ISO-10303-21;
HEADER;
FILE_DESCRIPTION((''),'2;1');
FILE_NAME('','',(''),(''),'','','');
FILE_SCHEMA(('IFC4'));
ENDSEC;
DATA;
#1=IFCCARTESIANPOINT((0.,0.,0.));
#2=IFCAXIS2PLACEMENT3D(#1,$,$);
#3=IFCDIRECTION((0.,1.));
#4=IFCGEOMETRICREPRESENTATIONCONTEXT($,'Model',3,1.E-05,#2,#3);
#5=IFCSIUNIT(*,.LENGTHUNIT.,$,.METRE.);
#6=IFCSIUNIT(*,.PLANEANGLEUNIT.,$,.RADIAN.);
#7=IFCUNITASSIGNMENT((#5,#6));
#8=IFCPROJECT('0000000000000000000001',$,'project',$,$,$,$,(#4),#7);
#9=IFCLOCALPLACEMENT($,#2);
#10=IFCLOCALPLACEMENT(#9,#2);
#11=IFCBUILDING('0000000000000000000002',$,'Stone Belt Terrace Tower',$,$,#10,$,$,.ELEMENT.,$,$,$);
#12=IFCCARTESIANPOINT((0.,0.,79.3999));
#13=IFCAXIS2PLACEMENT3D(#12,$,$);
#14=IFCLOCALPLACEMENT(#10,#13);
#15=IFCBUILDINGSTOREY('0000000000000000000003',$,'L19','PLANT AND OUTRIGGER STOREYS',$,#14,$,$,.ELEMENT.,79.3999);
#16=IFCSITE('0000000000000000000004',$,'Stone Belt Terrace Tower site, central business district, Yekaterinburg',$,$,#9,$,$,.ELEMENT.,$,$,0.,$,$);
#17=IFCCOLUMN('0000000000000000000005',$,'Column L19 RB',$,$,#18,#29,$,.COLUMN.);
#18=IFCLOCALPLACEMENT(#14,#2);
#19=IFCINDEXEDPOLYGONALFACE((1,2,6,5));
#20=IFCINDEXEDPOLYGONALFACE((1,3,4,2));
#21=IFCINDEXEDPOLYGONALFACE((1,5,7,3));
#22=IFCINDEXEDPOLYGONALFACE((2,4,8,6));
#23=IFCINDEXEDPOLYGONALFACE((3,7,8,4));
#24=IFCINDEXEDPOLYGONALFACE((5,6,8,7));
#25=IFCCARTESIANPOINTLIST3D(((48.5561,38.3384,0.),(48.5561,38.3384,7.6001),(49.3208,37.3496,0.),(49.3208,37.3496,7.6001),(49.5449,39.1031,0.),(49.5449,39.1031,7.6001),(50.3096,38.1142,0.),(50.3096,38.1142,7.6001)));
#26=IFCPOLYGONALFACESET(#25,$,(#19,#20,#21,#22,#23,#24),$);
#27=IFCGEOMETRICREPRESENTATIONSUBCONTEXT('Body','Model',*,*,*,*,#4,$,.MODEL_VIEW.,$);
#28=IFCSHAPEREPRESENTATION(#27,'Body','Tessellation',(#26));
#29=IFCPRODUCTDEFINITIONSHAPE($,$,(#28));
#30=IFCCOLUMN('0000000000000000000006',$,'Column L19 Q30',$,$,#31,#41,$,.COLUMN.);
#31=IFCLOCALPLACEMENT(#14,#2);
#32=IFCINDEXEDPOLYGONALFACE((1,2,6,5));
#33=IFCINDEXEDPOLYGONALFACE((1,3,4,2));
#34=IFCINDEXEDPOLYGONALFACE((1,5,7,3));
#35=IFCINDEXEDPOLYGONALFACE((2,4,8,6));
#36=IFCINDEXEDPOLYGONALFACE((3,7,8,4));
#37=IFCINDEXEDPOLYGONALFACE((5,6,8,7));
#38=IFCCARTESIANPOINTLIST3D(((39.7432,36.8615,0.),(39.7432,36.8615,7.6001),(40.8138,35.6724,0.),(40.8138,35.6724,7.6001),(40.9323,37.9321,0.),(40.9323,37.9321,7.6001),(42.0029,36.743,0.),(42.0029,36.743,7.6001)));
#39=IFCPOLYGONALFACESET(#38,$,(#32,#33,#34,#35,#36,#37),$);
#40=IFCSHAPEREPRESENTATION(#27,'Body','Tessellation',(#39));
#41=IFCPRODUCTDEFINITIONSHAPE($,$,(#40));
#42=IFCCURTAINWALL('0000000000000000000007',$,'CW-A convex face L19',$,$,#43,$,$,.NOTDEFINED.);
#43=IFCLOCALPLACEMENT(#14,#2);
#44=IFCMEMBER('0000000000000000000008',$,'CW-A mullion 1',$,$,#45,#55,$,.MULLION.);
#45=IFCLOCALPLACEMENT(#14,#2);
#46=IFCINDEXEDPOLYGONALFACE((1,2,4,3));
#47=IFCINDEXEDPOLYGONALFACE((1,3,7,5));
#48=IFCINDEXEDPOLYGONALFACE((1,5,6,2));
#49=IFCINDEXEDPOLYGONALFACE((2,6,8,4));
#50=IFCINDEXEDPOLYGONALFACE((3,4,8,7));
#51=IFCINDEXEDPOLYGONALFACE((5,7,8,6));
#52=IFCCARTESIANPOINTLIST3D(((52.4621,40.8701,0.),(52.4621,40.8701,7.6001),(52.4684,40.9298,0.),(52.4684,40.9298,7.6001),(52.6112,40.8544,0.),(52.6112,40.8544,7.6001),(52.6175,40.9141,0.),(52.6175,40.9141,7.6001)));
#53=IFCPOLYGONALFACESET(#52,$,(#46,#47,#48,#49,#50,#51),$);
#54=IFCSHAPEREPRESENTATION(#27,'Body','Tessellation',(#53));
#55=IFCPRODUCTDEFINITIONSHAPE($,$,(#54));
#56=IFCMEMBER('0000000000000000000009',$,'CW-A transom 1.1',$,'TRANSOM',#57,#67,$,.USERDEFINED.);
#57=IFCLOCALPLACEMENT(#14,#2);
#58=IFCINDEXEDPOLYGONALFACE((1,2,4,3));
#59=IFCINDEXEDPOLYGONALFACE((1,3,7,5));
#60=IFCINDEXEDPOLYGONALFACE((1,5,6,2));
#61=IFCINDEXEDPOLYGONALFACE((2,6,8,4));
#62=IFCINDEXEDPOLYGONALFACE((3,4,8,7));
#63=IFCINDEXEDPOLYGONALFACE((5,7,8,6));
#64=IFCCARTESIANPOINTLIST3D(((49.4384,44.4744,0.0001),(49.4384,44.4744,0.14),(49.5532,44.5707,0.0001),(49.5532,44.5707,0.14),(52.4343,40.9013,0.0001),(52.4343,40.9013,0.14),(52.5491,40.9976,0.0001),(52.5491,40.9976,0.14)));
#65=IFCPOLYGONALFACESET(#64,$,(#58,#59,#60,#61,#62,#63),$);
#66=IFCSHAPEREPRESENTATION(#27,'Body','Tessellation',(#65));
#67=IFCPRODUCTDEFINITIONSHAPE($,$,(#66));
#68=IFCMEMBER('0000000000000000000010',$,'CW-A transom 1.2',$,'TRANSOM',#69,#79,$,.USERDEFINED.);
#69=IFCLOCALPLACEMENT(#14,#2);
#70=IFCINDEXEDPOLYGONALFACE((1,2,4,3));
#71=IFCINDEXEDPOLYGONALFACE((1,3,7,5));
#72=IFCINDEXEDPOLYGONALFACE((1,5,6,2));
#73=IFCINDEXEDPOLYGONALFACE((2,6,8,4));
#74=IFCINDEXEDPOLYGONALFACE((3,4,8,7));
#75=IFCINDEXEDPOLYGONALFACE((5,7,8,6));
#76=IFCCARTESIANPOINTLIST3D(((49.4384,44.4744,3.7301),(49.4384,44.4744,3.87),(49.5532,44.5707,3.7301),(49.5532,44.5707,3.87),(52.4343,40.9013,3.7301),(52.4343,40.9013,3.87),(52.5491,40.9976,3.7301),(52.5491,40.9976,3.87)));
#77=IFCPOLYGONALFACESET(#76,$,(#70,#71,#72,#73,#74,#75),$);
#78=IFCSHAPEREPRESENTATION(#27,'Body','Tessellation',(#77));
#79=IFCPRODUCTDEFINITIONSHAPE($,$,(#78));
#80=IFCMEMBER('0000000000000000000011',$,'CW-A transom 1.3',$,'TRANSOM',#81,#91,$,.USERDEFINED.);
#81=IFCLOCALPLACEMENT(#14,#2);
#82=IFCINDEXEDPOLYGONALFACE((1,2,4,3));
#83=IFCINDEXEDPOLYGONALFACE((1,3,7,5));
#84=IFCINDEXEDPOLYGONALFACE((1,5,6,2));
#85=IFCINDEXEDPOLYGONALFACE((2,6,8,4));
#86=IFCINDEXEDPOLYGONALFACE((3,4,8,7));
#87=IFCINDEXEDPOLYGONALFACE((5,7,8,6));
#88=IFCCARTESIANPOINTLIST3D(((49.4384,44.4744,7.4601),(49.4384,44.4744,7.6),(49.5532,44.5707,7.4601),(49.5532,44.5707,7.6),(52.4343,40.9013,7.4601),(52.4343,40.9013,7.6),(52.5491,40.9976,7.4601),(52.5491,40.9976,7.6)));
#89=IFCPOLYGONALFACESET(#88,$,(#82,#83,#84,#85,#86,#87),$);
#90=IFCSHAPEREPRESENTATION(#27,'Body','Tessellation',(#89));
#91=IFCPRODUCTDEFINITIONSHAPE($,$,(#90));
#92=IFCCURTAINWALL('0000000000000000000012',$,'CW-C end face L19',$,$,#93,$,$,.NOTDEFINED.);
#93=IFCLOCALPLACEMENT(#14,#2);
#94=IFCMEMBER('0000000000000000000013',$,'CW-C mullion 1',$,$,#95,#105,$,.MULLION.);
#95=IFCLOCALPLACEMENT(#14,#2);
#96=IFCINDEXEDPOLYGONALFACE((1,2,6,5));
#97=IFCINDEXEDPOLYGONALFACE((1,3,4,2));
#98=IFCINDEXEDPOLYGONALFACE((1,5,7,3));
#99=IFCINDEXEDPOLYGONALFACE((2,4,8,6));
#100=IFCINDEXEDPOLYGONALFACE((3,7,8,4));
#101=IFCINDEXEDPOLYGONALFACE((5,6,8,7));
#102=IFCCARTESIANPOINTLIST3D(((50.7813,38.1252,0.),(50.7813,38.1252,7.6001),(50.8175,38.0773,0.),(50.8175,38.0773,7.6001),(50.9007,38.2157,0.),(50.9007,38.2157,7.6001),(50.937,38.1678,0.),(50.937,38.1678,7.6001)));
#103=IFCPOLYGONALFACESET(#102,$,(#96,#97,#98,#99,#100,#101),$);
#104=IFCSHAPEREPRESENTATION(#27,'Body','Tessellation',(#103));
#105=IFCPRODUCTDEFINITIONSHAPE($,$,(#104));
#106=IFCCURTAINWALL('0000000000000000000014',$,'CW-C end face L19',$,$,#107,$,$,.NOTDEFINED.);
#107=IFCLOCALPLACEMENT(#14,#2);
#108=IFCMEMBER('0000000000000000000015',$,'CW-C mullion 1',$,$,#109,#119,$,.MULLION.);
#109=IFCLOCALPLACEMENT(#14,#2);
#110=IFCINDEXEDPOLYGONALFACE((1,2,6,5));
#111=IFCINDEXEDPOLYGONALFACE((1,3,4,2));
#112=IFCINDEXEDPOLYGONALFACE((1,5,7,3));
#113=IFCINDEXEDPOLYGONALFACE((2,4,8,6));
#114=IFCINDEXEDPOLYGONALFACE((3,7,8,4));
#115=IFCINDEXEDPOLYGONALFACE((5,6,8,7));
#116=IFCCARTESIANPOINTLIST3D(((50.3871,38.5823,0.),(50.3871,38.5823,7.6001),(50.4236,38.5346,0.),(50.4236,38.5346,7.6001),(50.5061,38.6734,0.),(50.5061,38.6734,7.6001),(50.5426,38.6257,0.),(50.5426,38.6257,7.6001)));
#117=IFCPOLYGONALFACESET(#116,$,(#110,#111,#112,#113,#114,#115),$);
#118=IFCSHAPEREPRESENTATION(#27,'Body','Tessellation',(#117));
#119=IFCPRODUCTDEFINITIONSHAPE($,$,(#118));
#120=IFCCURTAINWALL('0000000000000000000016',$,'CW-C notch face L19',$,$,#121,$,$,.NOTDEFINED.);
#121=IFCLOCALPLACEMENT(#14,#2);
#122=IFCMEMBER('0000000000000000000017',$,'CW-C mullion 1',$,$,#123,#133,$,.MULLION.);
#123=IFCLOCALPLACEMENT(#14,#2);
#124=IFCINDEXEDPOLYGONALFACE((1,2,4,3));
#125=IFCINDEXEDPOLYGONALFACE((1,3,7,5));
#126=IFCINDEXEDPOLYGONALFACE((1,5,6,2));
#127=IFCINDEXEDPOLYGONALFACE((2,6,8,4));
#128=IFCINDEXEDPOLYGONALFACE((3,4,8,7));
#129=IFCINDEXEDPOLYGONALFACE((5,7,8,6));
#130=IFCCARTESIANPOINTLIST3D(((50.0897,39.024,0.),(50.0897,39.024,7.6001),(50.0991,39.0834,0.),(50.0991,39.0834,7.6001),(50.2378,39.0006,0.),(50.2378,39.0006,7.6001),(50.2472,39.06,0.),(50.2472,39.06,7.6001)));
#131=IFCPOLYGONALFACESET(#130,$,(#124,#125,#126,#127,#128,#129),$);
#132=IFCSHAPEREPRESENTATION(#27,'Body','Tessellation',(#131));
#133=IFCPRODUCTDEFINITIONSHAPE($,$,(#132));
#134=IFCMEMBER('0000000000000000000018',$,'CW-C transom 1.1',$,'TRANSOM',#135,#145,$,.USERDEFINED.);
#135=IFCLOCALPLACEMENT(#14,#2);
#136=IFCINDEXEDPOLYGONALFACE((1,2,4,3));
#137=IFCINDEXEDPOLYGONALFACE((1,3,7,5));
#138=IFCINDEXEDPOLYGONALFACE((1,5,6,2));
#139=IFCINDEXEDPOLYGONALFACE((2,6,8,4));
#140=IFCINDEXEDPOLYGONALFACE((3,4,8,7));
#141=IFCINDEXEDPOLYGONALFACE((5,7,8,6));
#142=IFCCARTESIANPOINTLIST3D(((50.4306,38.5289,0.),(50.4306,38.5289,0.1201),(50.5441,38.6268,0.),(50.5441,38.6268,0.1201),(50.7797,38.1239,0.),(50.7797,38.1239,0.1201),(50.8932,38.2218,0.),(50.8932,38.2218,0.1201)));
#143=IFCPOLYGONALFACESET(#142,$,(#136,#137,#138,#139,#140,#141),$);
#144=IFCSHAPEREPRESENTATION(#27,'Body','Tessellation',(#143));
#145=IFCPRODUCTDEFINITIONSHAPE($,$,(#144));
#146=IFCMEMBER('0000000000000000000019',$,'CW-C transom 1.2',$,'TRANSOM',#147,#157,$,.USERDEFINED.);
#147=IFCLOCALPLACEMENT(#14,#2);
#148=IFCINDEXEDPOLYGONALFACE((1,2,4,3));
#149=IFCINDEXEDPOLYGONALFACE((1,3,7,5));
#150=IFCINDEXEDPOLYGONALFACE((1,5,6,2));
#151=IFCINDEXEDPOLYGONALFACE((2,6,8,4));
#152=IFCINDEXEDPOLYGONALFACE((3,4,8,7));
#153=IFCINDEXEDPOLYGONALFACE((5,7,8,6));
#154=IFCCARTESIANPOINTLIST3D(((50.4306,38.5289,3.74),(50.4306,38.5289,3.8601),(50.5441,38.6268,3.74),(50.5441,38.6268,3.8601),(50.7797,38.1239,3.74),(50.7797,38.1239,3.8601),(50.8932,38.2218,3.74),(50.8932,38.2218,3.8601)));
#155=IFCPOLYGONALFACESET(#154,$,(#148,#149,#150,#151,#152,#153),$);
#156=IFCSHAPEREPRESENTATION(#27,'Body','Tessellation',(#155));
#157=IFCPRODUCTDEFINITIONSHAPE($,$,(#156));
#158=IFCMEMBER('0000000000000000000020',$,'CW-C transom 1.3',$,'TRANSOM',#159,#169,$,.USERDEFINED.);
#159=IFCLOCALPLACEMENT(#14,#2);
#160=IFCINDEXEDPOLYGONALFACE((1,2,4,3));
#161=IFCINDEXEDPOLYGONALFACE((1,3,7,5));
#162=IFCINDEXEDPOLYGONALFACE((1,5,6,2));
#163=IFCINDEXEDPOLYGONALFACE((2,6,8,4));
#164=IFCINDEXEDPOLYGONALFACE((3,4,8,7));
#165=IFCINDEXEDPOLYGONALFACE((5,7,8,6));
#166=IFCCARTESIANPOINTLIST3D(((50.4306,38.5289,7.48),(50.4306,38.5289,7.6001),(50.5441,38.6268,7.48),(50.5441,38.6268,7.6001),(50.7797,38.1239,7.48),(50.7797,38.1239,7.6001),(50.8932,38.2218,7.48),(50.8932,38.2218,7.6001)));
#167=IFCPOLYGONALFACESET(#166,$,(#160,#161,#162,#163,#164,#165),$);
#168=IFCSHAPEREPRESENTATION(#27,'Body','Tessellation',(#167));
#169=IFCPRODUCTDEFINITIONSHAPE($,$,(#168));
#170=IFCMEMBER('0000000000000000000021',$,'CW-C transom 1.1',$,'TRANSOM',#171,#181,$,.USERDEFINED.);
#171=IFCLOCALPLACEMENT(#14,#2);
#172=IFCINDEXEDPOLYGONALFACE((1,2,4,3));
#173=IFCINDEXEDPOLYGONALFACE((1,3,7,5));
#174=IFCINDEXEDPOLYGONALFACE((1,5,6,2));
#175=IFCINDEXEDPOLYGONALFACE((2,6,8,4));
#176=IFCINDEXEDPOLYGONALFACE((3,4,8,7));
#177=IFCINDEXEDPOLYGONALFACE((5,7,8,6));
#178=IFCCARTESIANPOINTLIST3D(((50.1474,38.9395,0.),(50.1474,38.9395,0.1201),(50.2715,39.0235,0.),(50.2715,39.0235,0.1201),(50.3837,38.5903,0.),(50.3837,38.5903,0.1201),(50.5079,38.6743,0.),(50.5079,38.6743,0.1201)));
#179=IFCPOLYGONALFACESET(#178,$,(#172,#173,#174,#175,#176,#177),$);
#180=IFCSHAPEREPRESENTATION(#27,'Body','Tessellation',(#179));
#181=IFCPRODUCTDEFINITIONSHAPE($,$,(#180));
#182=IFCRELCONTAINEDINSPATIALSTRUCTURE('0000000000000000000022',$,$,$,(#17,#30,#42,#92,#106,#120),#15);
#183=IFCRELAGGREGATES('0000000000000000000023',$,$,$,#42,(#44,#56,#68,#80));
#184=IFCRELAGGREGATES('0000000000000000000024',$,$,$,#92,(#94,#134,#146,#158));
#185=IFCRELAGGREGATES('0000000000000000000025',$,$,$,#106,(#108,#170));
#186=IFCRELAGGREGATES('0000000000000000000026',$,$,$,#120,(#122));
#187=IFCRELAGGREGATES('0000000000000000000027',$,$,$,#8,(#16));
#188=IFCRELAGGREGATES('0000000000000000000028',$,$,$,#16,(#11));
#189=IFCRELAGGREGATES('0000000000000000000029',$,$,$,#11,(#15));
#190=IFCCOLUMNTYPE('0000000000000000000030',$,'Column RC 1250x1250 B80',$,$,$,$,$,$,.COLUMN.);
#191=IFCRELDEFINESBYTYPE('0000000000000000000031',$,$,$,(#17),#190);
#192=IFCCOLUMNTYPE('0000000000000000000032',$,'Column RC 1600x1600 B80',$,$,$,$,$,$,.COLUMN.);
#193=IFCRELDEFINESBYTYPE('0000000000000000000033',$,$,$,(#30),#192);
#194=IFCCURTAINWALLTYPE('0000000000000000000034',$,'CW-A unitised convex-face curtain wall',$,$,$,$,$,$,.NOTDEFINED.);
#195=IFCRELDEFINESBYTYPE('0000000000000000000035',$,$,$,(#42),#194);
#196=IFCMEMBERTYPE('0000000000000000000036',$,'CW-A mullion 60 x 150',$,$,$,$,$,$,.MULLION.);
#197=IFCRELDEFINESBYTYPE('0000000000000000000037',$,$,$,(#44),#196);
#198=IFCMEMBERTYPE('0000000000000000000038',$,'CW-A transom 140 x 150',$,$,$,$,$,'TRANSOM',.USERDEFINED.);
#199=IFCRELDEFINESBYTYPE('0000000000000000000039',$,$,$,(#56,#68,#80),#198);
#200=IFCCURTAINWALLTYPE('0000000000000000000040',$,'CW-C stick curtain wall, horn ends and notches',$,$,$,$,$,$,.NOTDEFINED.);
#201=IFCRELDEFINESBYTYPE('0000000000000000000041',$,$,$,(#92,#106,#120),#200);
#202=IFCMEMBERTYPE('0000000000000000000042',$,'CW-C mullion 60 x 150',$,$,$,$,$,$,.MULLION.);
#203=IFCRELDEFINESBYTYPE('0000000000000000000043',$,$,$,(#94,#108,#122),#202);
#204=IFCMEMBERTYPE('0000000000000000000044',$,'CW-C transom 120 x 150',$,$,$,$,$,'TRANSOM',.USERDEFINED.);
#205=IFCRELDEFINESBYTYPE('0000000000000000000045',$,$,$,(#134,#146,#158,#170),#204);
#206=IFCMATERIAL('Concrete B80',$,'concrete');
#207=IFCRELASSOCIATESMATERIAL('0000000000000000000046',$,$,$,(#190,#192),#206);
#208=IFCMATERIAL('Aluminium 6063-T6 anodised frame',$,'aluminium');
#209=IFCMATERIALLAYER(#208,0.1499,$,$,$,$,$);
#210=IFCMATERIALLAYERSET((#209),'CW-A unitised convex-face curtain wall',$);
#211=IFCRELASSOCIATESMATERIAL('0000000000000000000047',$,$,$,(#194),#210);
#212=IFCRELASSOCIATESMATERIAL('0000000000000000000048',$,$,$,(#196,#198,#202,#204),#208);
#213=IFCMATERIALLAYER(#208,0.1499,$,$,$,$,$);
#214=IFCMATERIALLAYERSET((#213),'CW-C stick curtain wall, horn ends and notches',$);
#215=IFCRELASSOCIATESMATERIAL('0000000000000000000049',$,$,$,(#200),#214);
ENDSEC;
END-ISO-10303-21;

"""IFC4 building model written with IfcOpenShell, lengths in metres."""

from ifc_helpers import new_model, si_unit, direction, frame, origin, origin_2d, place, context, subcontext, project, spatial, rectangle, extrude, material, layer, layer_set, material_profile, profile_set, type_object, element, aggregate, save


model = new_model("IFC4")

# Units and contexts
model_context = context("Model", 3, precision=1e-05, world=origin(), true_north=direction((0.0, 1.0)))
body_context = subcontext(model_context, "Body", "Model", "MODEL_VIEW")
ifc_project = project(units=[si_unit("LENGTHUNIT", "METRE"), si_unit("PLANEANGLEUNIT", "RADIAN")], contexts=[model_context])

# Site, building, storey
site_placement = place(None, origin())
site = spatial("IfcSite", under=ifc_project, at=site_placement, Name="Stone Belt Terrace Tower site, central business district, Yekaterinburg", CompositionType="ELEMENT", RefElevation=0.0)
building_placement = place(site_placement, origin())
building = spatial("IfcBuilding", under=site, at=building_placement, Name="Stone Belt Terrace Tower", CompositionType="ELEMENT")
storey_placement = place(building_placement, frame((0.0, 0.0, 79.3999)))
storey = spatial("IfcBuildingStorey", under=building, at=storey_placement, Name="L19", Description="PLANT AND OUTRIGGER STOREYS", CompositionType="ELEMENT", Elevation=79.3999)

# Columns
ifc_material_1 = material(Name="Concrete B80", Category="concrete")
ifc_material_profile_1 = material_profile(ifc_material_1, rectangle(XDim=1.25, YDim=1.25, at=origin_2d()), Name="RC 1250x1250")
ifc_profile_set_1 = profile_set([ifc_material_profile_1], Name="Concrete B80")
column_type_1 = type_object("IfcColumnType", Name="Column RC 1250x1250 B80", PredefinedType="COLUMN", material=ifc_profile_set_1)
column_1_placement = place(storey_placement, frame((49.4329, 38.2263, 0.0), z_axis=(0.0, 0.0, 1.0), x_axis=(0.61173, -0.791067, 0.0)))
element("IfcColumn", 1, at=column_1_placement, inside=storey, type_object=column_type_1, Name="Column L19 RB", PredefinedType="COLUMN", context=body_context, shape_type="SweptSolid", body=[
    extrude(rectangle(XDim=1.25, YDim=1.25, at=origin_2d()), origin(), (0.0, 0.0, 1.0), 7.6001),
])
ifc_material_profile_2 = material_profile(ifc_material_1, rectangle(XDim=1.6001, YDim=1.6001, at=origin_2d()), Name="RC 1600x1600")
ifc_profile_set_2 = profile_set([ifc_material_profile_2], Name="Concrete B80")
column_type_2 = type_object("IfcColumnType", Name="Column RC 1600x1600 B80", PredefinedType="COLUMN", material=ifc_profile_set_2)
column_2_placement = place(storey_placement, frame((40.873, 36.8022, 0.0), z_axis=(0.0, 0.0, 1.0), x_axis=(0.669131, -0.743145, 0.0)))
element("IfcColumn", 2, at=column_2_placement, inside=storey, type_object=column_type_2, Name="Column L19 Q30", PredefinedType="COLUMN", context=body_context, shape_type="SweptSolid", body=[
    extrude(rectangle(XDim=1.6001, YDim=1.6001, at=origin_2d()), origin(), (0.0, 0.0, 1.0), 7.6001),
])

# Curtain wall, members
ifc_material_2 = material(Name="Aluminium 6063-T6 anodised frame", Category="aluminium")
ifc_layer_1 = layer(ifc_material_2, 0.1499)
ifc_layer_set_1 = layer_set([ifc_layer_1], Name="CW-A unitised convex-face curtain wall")
curtain_wall_type_1 = type_object("IfcCurtainWallType", Name="CW-A unitised convex-face curtain wall", PredefinedType="NOTDEFINED", material=ifc_layer_set_1)
curtain_wall_1_placement = place(storey_placement, origin())
curtain_wall_1 = element("IfcCurtainWall", 3, at=curtain_wall_1_placement, inside=storey, type_object=curtain_wall_type_1, Name="CW-A convex face L19", PredefinedType="NOTDEFINED")
ifc_material_profile_3 = material_profile(ifc_material_2, rectangle(XDim=0.1499, YDim=0.0601, at=origin_2d()), Name="Aluminium 6063-T6 60x150")
ifc_profile_set_3 = profile_set([ifc_material_profile_3], Name="Aluminium 6063-T6 anodised frame")
member_type_1 = type_object("IfcMemberType", Name="CW-A mullion 60 x 150", PredefinedType="MULLION", material=ifc_profile_set_3)
member_1_placement = place(storey_placement, frame((52.5398, 40.8921, 0.0), z_axis=(0.0, 0.0, 1.0), x_axis=(-0.994465, 0.105071, 0.0)))
member_1 = element("IfcMember", 4, at=member_1_placement, type_object=member_type_1, Name="CW-A mullion 1", PredefinedType="MULLION", context=body_context, shape_type="SweptSolid", body=[
    extrude(rectangle(XDim=0.1499, YDim=0.0601, at=origin_2d()), origin(), (0.0, 0.0, 1.0), 7.6001),
])
ifc_material_profile_4 = material_profile(ifc_material_2, rectangle(XDim=0.1499, YDim=0.1399, at=origin_2d()), Name="Aluminium 6063-T6 150x140")
ifc_profile_set_4 = profile_set([ifc_material_profile_4], Name="Aluminium 6063-T6 anodised frame")
member_type_2 = type_object("IfcMemberType", Name="CW-A transom 140 x 150", ElementType="TRANSOM", PredefinedType="USERDEFINED", material=ifc_profile_set_4)
member_2_placement = place(storey_placement, frame((52.4917, 40.9495, 0.0701), z_axis=(-0.642504, 0.766282, 0.0), x_axis=(-0.766282, -0.642504, 0.0)))
member_2 = element("IfcMember", 5, at=member_2_placement, type_object=member_type_2, Name="CW-A transom 1.1", ObjectType="TRANSOM", PredefinedType="USERDEFINED", context=body_context, shape_type="SweptSolid", body=[
    extrude(rectangle(XDim=0.1499, YDim=0.1399, at=origin_2d()), origin(), (0.0, 0.0, 1.0), 4.6628),
])
member_3_placement = place(storey_placement, frame((52.4917, 40.9495, 3.8), z_axis=(-0.642504, 0.766282, 0.0), x_axis=(-0.766282, -0.642504, 0.0)))
member_3 = element("IfcMember", 6, at=member_3_placement, type_object=member_type_2, Name="CW-A transom 1.2", ObjectType="TRANSOM", PredefinedType="USERDEFINED", context=body_context, shape_type="SweptSolid", body=[
    extrude(rectangle(XDim=0.1499, YDim=0.1399, at=origin_2d()), origin(), (0.0, 0.0, 1.0), 4.6628),
])
member_4_placement = place(storey_placement, frame((52.4917, 40.9495, 7.53), z_axis=(-0.642504, 0.766282, 0.0), x_axis=(-0.766282, -0.642504, 0.0)))
member_4 = element("IfcMember", 7, at=member_4_placement, type_object=member_type_2, Name="CW-A transom 1.3", ObjectType="TRANSOM", PredefinedType="USERDEFINED", context=body_context, shape_type="SweptSolid", body=[
    extrude(rectangle(XDim=0.1499, YDim=0.1399, at=origin_2d()), origin(), (0.0, 0.0, 1.0), 4.6628),
])

# Curtain walls, members
ifc_layer_2 = layer(ifc_material_2, 0.1499)
ifc_layer_set_2 = layer_set([ifc_layer_2], Name="CW-C stick curtain wall, horn ends and notches")
curtain_wall_type_2 = type_object("IfcCurtainWallType", Name="CW-C stick curtain wall, horn ends and notches", PredefinedType="NOTDEFINED", material=ifc_layer_set_2)
curtain_wall_2_placement = place(storey_placement, origin())
curtain_wall_2 = element("IfcCurtainWall", 8, at=curtain_wall_2_placement, inside=storey, type_object=curtain_wall_type_2, Name="CW-C end face L19", PredefinedType="NOTDEFINED")
ifc_material_profile_5 = material_profile(ifc_material_2, rectangle(XDim=0.1499, YDim=0.0601, at=origin_2d()), Name="Aluminium 6063-T6 60x150")
ifc_profile_set_5 = profile_set([ifc_material_profile_5], Name="Aluminium 6063-T6 anodised frame")
member_type_3 = type_object("IfcMemberType", Name="CW-C mullion 60 x 150", PredefinedType="MULLION", material=ifc_profile_set_5)
member_5_placement = place(storey_placement, frame((50.8591, 38.1465, 0.0), z_axis=(0.0, 0.0, 1.0), x_axis=(-0.797131, -0.603806, 0.0)))
member_5 = element("IfcMember", 9, at=member_5_placement, type_object=member_type_3, Name="CW-C mullion 1", PredefinedType="MULLION", context=body_context, shape_type="SweptSolid", body=[
    extrude(rectangle(XDim=0.1499, YDim=0.0601, at=origin_2d()), origin(), (0.0, 0.0, 1.0), 7.6001),
])
curtain_wall_3_placement = place(storey_placement, origin())
curtain_wall_3 = element("IfcCurtainWall", 10, at=curtain_wall_3_placement, inside=storey, type_object=curtain_wall_type_2, Name="CW-C end face L19", PredefinedType="NOTDEFINED")
member_6_placement = place(storey_placement, frame((50.4648, 38.604, 0.0), z_axis=(0.0, 0.0, 1.0), x_axis=(-0.794258, -0.607581, 0.0)))
member_6 = element("IfcMember", 11, at=member_6_placement, type_object=member_type_3, Name="CW-C mullion 1", PredefinedType="MULLION", context=body_context, shape_type="SweptSolid", body=[
    extrude(rectangle(XDim=0.1499, YDim=0.0601, at=origin_2d()), origin(), (0.0, 0.0, 1.0), 7.6001),
])
curtain_wall_4_placement = place(storey_placement, origin())
curtain_wall_4 = element("IfcCurtainWall", 12, at=curtain_wall_4_placement, inside=storey, type_object=curtain_wall_type_2, Name="CW-C notch face L19", PredefinedType="NOTDEFINED")
member_7_placement = place(storey_placement, frame((50.1685, 39.042, 0.0), z_axis=(0.0, 0.0, 1.0), x_axis=(-0.987742, 0.156094, 0.0)))
member_7 = element("IfcMember", 13, at=member_7_placement, type_object=member_type_3, Name="CW-C mullion 1", PredefinedType="MULLION", context=body_context, shape_type="SweptSolid", body=[
    extrude(rectangle(XDim=0.1499, YDim=0.0601, at=origin_2d()), origin(), (0.0, 0.0, 1.0), 7.6001),
])

# Members
ifc_material_profile_6 = material_profile(ifc_material_2, rectangle(XDim=0.1499, YDim=0.1201, at=origin_2d()), Name="Aluminium 6063-T6 150x120")
ifc_profile_set_6 = profile_set([ifc_material_profile_6], Name="Aluminium 6063-T6 anodised frame")
member_type_4 = type_object("IfcMemberType", Name="CW-C transom 120 x 150", ElementType="TRANSOM", PredefinedType="USERDEFINED", material=ifc_profile_set_6)
member_8_placement = place(storey_placement, frame((50.8364, 38.1729, 0.0601), z_axis=(-0.652894, 0.757449, 0.0), x_axis=(-0.757449, -0.652894, 0.0)))
member_8 = element("IfcMember", 14, at=member_8_placement, type_object=member_type_4, Name="CW-C transom 1.1", ObjectType="TRANSOM", PredefinedType="USERDEFINED", context=body_context, shape_type="SweptSolid", body=[
    extrude(rectangle(XDim=0.1499, YDim=0.1201, at=origin_2d()), origin(), (0.0, 0.0, 1.0), 0.5347),
])
member_9_placement = place(storey_placement, frame((50.8364, 38.1729, 3.8), z_axis=(-0.652894, 0.757449, 0.0), x_axis=(-0.757449, -0.652894, 0.0)))
member_9 = element("IfcMember", 15, at=member_9_placement, type_object=member_type_4, Name="CW-C transom 1.2", ObjectType="TRANSOM", PredefinedType="USERDEFINED", context=body_context, shape_type="SweptSolid", body=[
    extrude(rectangle(XDim=0.1499, YDim=0.1201, at=origin_2d()), origin(), (0.0, 0.0, 1.0), 0.5347),
])
member_10_placement = place(storey_placement, frame((50.8364, 38.1729, 7.54), z_axis=(-0.652894, 0.757449, 0.0), x_axis=(-0.757449, -0.652894, 0.0)))
member_10 = element("IfcMember", 16, at=member_10_placement, type_object=member_type_4, Name="CW-C transom 1.3", ObjectType="TRANSOM", PredefinedType="USERDEFINED", context=body_context, shape_type="SweptSolid", body=[
    extrude(rectangle(XDim=0.1499, YDim=0.1201, at=origin_2d()), origin(), (0.0, 0.0, 1.0), 0.5347),
])
member_11_placement = place(storey_placement, frame((50.4458, 38.6323, 0.0601), z_axis=(-0.560566, 0.828109, 0.0), x_axis=(-0.828109, -0.560566, 0.0)))
member_11 = element("IfcMember", 17, at=member_11_placement, type_object=member_type_4, Name="CW-C transom 1.1", ObjectType="TRANSOM", PredefinedType="USERDEFINED", context=body_context, shape_type="SweptSolid", body=[
    extrude(rectangle(XDim=0.1499, YDim=0.1201, at=origin_2d()), origin(), (0.0, 0.0, 1.0), 0.4216),
])

aggregate(curtain_wall_1, [member_1, member_2, member_3, member_4])
aggregate(curtain_wall_2, [member_5, member_8, member_9, member_10])
aggregate(curtain_wall_3, [member_6, member_11])
aggregate(curtain_wall_4, [member_7])

save(model, "model.ifc")
